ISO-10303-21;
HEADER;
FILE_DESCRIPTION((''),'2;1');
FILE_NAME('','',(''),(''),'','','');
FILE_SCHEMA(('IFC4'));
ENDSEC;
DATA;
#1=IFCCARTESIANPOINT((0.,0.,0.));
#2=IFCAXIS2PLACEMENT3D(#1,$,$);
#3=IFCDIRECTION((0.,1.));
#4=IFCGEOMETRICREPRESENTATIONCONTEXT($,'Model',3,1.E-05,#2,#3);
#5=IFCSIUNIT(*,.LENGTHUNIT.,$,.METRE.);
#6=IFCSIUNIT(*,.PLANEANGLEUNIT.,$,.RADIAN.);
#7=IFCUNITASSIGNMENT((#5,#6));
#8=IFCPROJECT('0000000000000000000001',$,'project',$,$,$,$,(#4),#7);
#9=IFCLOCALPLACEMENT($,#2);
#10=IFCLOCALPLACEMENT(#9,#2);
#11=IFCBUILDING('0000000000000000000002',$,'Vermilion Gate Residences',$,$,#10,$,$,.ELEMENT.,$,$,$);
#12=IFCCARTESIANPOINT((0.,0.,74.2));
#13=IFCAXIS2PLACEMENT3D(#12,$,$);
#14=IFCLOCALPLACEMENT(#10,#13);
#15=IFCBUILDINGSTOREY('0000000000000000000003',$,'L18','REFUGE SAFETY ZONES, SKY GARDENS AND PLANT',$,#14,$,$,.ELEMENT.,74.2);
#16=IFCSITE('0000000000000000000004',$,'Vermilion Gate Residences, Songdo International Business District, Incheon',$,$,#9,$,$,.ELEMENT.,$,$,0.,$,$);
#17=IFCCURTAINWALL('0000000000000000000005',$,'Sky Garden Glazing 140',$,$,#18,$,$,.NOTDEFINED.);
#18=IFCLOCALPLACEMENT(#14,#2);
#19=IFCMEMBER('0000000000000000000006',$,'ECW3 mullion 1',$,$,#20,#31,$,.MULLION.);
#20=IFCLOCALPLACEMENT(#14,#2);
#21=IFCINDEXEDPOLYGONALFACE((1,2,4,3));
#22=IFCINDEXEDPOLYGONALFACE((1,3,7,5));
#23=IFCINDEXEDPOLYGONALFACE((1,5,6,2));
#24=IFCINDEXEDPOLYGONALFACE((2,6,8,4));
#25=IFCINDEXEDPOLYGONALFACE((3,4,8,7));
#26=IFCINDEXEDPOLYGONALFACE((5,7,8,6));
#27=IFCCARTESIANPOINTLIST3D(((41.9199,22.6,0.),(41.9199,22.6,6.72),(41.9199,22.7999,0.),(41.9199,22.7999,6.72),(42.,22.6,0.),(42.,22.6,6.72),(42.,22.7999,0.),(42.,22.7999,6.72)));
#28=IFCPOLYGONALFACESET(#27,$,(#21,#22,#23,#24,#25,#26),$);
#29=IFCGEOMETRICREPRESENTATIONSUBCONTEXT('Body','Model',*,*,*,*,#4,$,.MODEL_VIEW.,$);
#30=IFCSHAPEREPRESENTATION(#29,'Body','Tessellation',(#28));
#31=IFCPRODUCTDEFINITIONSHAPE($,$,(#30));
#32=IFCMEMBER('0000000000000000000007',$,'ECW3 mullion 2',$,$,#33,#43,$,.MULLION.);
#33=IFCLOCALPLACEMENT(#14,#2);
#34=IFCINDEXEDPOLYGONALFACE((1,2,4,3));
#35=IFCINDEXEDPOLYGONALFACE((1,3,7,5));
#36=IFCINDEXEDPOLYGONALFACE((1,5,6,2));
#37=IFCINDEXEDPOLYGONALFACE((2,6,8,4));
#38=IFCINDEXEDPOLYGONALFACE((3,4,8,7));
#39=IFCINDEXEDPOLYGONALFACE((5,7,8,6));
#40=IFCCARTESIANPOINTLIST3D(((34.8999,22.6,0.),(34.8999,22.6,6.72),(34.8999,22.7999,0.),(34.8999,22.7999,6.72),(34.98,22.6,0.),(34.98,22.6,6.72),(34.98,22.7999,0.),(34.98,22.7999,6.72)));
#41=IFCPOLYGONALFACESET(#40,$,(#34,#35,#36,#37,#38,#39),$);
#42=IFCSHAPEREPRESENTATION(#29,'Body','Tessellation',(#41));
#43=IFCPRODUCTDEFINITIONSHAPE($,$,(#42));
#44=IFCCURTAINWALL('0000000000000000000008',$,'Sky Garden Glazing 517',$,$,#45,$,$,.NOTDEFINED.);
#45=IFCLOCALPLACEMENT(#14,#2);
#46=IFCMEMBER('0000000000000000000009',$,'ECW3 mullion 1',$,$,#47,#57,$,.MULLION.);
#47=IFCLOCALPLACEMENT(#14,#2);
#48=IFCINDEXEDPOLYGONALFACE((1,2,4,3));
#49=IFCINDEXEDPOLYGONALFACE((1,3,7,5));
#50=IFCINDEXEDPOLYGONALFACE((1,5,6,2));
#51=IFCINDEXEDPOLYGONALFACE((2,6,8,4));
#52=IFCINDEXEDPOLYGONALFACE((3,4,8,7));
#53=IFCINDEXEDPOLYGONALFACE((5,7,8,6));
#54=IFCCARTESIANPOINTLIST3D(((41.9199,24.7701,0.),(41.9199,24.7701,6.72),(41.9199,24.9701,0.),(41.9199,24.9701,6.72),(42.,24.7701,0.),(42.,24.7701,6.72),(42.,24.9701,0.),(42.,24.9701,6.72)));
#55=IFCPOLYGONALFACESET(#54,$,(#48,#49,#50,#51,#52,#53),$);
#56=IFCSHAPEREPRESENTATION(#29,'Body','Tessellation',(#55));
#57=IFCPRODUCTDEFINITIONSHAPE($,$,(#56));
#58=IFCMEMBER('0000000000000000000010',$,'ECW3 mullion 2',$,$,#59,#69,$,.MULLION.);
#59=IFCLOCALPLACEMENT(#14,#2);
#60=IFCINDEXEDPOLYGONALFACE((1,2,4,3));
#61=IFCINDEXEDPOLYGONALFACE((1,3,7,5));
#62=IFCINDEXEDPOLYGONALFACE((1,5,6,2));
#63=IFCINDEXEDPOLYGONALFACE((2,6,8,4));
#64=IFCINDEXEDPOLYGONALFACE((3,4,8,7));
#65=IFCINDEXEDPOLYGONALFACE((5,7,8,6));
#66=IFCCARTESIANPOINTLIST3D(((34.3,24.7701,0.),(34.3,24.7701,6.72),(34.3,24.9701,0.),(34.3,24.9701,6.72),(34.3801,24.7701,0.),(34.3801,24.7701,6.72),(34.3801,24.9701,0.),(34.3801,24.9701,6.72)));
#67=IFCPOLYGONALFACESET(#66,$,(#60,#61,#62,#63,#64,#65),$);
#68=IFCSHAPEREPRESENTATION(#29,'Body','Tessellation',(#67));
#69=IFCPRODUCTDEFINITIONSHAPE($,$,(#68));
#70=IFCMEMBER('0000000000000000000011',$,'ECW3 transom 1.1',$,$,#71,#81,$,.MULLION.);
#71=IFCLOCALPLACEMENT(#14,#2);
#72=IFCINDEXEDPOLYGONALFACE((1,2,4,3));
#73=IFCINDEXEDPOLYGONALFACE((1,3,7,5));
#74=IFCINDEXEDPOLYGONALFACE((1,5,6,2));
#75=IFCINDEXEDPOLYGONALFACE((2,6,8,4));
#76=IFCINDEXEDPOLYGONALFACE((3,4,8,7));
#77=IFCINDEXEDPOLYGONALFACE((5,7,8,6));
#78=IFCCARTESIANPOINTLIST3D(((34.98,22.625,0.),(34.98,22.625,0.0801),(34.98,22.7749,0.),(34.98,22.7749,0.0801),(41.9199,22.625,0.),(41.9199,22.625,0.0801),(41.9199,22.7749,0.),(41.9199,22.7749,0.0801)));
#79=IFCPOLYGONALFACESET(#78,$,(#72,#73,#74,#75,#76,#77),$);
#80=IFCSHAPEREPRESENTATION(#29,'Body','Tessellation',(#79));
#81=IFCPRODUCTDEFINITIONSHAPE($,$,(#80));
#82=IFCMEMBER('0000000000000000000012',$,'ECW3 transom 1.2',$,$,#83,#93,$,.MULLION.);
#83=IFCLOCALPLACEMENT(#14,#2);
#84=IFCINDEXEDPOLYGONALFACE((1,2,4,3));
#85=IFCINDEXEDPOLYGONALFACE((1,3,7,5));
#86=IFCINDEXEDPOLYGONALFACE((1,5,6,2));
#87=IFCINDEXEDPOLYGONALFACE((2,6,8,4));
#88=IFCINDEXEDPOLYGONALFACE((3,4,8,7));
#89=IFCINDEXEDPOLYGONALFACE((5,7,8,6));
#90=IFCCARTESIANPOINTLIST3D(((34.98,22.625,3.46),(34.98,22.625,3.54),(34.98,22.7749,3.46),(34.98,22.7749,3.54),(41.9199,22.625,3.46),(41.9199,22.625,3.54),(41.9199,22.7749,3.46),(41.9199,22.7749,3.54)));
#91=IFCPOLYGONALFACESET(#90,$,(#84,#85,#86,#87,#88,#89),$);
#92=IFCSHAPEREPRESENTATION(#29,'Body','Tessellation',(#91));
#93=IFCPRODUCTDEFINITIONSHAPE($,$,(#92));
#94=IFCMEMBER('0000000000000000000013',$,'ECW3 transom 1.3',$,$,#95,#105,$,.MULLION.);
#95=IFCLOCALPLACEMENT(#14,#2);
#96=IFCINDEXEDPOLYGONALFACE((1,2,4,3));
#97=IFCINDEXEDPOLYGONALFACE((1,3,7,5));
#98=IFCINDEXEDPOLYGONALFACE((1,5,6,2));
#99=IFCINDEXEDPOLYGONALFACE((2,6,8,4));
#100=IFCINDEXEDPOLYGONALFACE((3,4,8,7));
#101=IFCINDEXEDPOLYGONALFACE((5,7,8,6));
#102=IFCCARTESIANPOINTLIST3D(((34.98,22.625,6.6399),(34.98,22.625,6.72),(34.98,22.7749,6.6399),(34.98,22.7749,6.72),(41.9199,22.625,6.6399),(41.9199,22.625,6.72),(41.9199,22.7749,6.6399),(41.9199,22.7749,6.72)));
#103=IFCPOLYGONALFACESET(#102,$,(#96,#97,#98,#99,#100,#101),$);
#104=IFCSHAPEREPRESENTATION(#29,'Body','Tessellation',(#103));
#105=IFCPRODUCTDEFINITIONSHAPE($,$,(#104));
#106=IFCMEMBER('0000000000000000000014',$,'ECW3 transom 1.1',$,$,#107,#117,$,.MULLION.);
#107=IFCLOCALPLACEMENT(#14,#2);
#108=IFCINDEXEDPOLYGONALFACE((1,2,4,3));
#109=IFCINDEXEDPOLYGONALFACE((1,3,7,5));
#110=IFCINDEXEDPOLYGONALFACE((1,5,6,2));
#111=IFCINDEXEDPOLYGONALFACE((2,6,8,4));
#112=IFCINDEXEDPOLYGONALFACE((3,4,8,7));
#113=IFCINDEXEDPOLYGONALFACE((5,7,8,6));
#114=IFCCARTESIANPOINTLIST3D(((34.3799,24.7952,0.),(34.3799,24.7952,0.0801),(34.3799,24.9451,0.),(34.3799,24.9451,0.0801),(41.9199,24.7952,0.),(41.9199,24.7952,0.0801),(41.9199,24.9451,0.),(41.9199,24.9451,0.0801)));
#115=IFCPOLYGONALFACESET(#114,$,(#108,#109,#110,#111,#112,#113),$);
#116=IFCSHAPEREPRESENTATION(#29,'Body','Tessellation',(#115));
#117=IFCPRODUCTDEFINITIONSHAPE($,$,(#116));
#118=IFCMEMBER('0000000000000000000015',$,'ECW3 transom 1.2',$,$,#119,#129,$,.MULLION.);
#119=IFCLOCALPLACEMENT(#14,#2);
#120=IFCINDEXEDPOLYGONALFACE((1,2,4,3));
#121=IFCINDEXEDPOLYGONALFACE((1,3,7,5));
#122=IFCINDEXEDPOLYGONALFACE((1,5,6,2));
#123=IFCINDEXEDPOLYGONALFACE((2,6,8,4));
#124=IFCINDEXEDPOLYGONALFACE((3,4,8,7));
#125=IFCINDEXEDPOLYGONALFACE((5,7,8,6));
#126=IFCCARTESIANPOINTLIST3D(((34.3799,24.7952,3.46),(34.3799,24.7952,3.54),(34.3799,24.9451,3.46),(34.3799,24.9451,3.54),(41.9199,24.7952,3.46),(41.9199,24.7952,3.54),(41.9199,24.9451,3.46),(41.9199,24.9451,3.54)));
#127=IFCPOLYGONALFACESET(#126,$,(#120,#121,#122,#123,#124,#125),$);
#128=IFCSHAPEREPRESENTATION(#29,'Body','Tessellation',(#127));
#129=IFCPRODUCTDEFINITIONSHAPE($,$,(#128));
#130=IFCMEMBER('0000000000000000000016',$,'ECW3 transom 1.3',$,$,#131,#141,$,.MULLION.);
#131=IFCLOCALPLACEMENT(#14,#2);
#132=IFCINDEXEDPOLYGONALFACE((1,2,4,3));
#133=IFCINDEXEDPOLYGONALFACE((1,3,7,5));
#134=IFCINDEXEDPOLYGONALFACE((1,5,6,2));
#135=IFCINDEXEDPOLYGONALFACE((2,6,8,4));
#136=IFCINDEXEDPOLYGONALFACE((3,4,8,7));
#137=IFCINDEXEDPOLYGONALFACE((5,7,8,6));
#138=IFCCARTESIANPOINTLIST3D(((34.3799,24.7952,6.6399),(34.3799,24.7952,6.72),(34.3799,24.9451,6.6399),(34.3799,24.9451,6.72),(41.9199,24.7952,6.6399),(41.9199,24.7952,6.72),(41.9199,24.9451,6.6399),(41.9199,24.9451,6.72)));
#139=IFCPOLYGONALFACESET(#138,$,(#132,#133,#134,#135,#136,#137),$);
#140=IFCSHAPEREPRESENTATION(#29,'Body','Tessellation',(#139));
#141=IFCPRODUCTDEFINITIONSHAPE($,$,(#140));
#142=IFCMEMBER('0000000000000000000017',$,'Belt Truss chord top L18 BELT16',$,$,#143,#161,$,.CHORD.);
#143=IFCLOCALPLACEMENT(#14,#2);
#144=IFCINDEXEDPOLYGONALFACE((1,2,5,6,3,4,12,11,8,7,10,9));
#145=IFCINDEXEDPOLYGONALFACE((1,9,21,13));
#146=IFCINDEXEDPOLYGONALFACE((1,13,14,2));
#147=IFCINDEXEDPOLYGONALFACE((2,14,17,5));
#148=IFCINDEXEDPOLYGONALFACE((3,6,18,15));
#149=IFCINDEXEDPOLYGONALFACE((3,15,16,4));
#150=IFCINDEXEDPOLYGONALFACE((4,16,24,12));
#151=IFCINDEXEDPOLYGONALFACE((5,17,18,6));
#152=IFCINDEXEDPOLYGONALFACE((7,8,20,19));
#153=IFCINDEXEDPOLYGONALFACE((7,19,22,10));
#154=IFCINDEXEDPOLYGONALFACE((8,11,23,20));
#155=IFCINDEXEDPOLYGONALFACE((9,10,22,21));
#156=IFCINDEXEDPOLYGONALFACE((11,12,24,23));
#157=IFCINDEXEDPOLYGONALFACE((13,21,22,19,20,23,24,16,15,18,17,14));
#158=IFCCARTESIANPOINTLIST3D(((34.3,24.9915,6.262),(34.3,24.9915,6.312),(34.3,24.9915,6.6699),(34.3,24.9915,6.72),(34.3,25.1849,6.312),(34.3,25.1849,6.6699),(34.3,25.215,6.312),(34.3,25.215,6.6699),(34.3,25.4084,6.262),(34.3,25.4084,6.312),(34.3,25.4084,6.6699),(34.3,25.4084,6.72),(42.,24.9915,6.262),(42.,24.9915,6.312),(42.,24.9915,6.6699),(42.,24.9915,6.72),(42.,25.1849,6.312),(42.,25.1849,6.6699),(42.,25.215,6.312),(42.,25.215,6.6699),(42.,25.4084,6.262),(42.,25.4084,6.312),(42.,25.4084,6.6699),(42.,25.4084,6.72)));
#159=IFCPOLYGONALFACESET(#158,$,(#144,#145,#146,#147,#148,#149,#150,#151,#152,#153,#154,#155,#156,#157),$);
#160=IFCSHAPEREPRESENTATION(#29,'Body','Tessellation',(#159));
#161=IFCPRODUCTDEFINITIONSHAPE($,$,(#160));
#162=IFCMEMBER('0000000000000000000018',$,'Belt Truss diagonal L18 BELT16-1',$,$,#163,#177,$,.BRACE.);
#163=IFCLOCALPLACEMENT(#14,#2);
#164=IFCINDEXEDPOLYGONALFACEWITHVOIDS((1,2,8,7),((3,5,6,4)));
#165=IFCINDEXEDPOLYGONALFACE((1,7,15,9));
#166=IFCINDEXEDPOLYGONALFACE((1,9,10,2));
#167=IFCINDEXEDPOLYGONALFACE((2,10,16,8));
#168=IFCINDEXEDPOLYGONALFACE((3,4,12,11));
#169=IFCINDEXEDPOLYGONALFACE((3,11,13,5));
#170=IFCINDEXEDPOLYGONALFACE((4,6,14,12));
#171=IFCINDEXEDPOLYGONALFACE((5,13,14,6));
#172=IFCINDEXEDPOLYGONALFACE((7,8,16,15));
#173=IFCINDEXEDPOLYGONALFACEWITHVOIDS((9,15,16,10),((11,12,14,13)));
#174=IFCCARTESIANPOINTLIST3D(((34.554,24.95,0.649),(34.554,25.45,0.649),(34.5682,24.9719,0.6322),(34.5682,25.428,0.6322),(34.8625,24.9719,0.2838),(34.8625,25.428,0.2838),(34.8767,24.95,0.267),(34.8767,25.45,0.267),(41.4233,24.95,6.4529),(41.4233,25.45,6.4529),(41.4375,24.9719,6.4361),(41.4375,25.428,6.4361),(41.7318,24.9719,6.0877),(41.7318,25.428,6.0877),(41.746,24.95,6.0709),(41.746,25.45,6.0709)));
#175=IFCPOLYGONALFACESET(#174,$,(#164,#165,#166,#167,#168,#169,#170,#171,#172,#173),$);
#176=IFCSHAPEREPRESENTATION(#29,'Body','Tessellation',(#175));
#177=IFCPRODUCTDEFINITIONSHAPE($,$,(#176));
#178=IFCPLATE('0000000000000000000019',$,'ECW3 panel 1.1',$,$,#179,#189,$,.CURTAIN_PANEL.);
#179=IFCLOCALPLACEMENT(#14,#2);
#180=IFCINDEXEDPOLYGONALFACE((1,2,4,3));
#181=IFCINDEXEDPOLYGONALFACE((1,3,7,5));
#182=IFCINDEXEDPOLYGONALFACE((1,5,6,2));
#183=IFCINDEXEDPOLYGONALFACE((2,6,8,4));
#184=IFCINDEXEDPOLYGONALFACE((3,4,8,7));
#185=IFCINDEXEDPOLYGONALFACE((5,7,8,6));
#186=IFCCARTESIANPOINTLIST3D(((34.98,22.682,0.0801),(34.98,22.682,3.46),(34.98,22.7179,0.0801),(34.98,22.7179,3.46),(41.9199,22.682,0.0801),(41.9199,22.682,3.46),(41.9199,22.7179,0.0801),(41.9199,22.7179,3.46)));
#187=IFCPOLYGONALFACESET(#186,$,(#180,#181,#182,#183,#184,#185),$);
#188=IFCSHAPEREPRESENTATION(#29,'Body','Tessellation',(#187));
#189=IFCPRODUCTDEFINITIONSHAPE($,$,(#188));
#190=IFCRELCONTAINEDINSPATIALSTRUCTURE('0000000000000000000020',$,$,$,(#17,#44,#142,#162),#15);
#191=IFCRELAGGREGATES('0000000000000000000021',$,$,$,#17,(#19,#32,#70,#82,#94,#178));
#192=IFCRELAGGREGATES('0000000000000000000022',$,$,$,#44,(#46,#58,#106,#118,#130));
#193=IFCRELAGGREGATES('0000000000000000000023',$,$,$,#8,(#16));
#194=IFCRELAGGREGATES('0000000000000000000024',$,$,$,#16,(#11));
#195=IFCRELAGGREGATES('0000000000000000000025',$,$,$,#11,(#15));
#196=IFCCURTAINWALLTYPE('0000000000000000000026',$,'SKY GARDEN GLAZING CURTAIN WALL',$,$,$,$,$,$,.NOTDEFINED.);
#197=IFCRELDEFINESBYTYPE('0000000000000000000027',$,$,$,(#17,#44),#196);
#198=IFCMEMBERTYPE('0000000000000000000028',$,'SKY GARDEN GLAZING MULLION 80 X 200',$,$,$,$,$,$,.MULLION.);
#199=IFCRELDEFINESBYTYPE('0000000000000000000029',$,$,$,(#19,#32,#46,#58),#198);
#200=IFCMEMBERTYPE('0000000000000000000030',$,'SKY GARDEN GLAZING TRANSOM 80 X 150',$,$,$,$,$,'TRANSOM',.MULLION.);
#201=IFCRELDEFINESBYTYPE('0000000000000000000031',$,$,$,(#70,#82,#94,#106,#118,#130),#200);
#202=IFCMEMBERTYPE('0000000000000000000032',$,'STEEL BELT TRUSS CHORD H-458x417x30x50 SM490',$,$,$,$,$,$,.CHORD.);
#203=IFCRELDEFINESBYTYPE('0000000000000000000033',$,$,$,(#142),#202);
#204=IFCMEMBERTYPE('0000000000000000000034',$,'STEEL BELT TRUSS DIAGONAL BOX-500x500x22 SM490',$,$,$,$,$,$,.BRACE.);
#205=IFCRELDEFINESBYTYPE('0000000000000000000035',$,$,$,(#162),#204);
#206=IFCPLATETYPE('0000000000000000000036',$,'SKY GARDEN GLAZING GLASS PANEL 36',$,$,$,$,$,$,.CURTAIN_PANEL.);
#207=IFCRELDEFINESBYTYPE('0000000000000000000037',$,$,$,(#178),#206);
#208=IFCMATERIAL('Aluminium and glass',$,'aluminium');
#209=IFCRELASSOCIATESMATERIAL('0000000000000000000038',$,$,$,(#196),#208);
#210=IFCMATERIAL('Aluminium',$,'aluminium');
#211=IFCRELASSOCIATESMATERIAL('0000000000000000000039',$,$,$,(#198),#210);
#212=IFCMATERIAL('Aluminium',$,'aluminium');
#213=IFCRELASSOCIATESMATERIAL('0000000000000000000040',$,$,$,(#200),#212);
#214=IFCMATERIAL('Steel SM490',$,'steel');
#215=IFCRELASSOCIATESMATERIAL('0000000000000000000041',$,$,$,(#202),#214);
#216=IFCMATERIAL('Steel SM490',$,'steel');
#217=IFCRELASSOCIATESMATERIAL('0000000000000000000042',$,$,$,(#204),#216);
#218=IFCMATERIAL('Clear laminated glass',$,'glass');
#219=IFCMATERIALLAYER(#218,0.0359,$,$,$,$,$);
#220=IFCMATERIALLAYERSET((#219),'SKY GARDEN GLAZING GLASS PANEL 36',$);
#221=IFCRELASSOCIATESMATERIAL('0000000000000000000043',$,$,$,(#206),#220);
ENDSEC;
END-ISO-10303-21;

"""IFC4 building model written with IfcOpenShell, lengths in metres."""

from ifc_helpers import new_model, si_unit, direction, frame, origin, origin_2d, place, context, subcontext, project, spatial, rectangle, hollow_rectangle, i_section, extrude, material, layer, layer_set, material_profile, profile_set, type_object, element, aggregate, save


model = new_model("IFC4")

# Units and contexts
model_context = context("Model", 3, precision=1e-05, world=origin(), true_north=direction((0.0, 1.0)))
body_context = subcontext(model_context, "Body", "Model", "MODEL_VIEW")
ifc_project = project(units=[si_unit("LENGTHUNIT", "METRE"), si_unit("PLANEANGLEUNIT", "RADIAN")], contexts=[model_context])

# Site, building, storey
site_placement = place(None, origin())
site = spatial("IfcSite", under=ifc_project, at=site_placement, Name="Vermilion Gate Residences, Songdo International Business District, Incheon", CompositionType="ELEMENT", RefElevation=0.0)
building_placement = place(site_placement, origin())
building = spatial("IfcBuilding", under=site, at=building_placement, Name="Vermilion Gate Residences", CompositionType="ELEMENT")
storey_placement = place(building_placement, frame((0.0, 0.0, 74.2)))
storey = spatial("IfcBuildingStorey", under=building, at=storey_placement, Name="L18", Description="REFUGE SAFETY ZONES, SKY GARDENS AND PLANT", CompositionType="ELEMENT", Elevation=74.2)

# Curtain walls, members
ifc_material_1 = material(Name="Aluminium and glass", Category="aluminium")
curtain_wall_type = type_object("IfcCurtainWallType", Name="SKY GARDEN GLAZING CURTAIN WALL", PredefinedType="NOTDEFINED", material=ifc_material_1)
curtain_wall_1_placement = place(storey_placement, origin())
curtain_wall_1 = element("IfcCurtainWall", 1, at=curtain_wall_1_placement, inside=storey, type_object=curtain_wall_type, Name="Sky Garden Glazing 140", PredefinedType="NOTDEFINED")
ifc_material_2 = material(Name="Aluminium", Category="aluminium")
ifc_material_profile_1 = material_profile(ifc_material_2, rectangle(XDim=0.2, YDim=0.0801, at=origin_2d()), Name="MULLION 80 X 200")
ifc_profile_set_1 = profile_set([ifc_material_profile_1], Name="Aluminium")
member_type_1 = type_object("IfcMemberType", Name="SKY GARDEN GLAZING MULLION 80 X 200", PredefinedType="MULLION", material=ifc_profile_set_1)
member_1_placement = place(storey_placement, frame((41.96, 22.7, 0.0), z_axis=(0.0, 0.0, 1.0), x_axis=(0.0, -1.0, 0.0)))
member_1 = element("IfcMember", 2, at=member_1_placement, type_object=member_type_1, Name="ECW3 mullion 1", PredefinedType="MULLION", context=body_context, shape_type="SweptSolid", body=[
    extrude(rectangle(XDim=0.2, YDim=0.0801, at=origin_2d()), origin(), (0.0, 0.0, 1.0), 6.72),
])
member_2_placement = place(storey_placement, frame((34.9399, 22.7, 0.0), z_axis=(0.0, 0.0, 1.0), x_axis=(0.0, -1.0, 0.0)))
member_2 = element("IfcMember", 3, at=member_2_placement, type_object=member_type_1, Name="ECW3 mullion 2", PredefinedType="MULLION", context=body_context, shape_type="SweptSolid", body=[
    extrude(rectangle(XDim=0.2, YDim=0.0801, at=origin_2d()), origin(), (0.0, 0.0, 1.0), 6.72),
])
curtain_wall_2_placement = place(storey_placement, origin())
curtain_wall_2 = element("IfcCurtainWall", 4, at=curtain_wall_2_placement, inside=storey, type_object=curtain_wall_type, Name="Sky Garden Glazing 517", PredefinedType="NOTDEFINED")
member_3_placement = place(storey_placement, frame((41.96, 24.8701, 0.0), z_axis=(0.0, 0.0, 1.0), x_axis=(0.0, -1.0, 0.0)))
member_3 = element("IfcMember", 5, at=member_3_placement, type_object=member_type_1, Name="ECW3 mullion 1", PredefinedType="MULLION", context=body_context, shape_type="SweptSolid", body=[
    extrude(rectangle(XDim=0.2, YDim=0.0801, at=origin_2d()), origin(), (0.0, 0.0, 1.0), 6.72),
])
member_4_placement = place(storey_placement, frame((34.3401, 24.8701, 0.0), z_axis=(0.0, 0.0, 1.0), x_axis=(0.0, -1.0, 0.0)))
member_4 = element("IfcMember", 6, at=member_4_placement, type_object=member_type_1, Name="ECW3 mullion 2", PredefinedType="MULLION", context=body_context, shape_type="SweptSolid", body=[
    extrude(rectangle(XDim=0.2, YDim=0.0801, at=origin_2d()), origin(), (0.0, 0.0, 1.0), 6.72),
])

# Members
ifc_material_3 = material(Name="Aluminium", Category="aluminium")
ifc_material_profile_2 = material_profile(ifc_material_3, rectangle(XDim=0.1499, YDim=0.0801, at=origin_2d()), Name="TRANSOM 80 X 150")
ifc_profile_set_2 = profile_set([ifc_material_profile_2], Name="Aluminium")
member_type_2 = type_object("IfcMemberType", Name="SKY GARDEN GLAZING TRANSOM 80 X 150", ElementType="TRANSOM", PredefinedType="MULLION", material=ifc_profile_set_2)
member_5_placement = place(storey_placement, frame((41.9199, 22.7, 0.04), z_axis=(-1.0, 0.0, 0.0), x_axis=(0.0, -1.0, 0.0)))
member_5 = element("IfcMember", 7, at=member_5_placement, type_object=member_type_2, Name="ECW3 transom 1.1", PredefinedType="MULLION", context=body_context, shape_type="SweptSolid", body=[
    extrude(rectangle(XDim=0.1499, YDim=0.0801, at=origin_2d()), origin(), (0.0, 0.0, 1.0), 6.9399),
])
member_6_placement = place(storey_placement, frame((41.9199, 22.7, 3.5), z_axis=(-1.0, 0.0, 0.0), x_axis=(0.0, -1.0, 0.0)))
member_6 = element("IfcMember", 8, at=member_6_placement, type_object=member_type_2, Name="ECW3 transom 1.2", PredefinedType="MULLION", context=body_context, shape_type="SweptSolid", body=[
    extrude(rectangle(XDim=0.1499, YDim=0.0801, at=origin_2d()), origin(), (0.0, 0.0, 1.0), 6.9399),
])
member_7_placement = place(storey_placement, frame((41.9199, 22.7, 6.6799), z_axis=(-1.0, 0.0, 0.0), x_axis=(0.0, -1.0, 0.0)))
member_7 = element("IfcMember", 9, at=member_7_placement, type_object=member_type_2, Name="ECW3 transom 1.3", PredefinedType="MULLION", context=body_context, shape_type="SweptSolid", body=[
    extrude(rectangle(XDim=0.1499, YDim=0.0801, at=origin_2d()), origin(), (0.0, 0.0, 1.0), 6.9399),
])
member_8_placement = place(storey_placement, frame((41.9199, 24.8701, 0.04), z_axis=(-1.0, 0.0, 0.0), x_axis=(0.0, -1.0, 0.0)))
member_8 = element("IfcMember", 10, at=member_8_placement, type_object=member_type_2, Name="ECW3 transom 1.1", PredefinedType="MULLION", context=body_context, shape_type="SweptSolid", body=[
    extrude(rectangle(XDim=0.1499, YDim=0.0801, at=origin_2d()), origin(), (0.0, 0.0, 1.0), 7.54),
])
member_9_placement = place(storey_placement, frame((41.9199, 24.8701, 3.5), z_axis=(-1.0, 0.0, 0.0), x_axis=(0.0, -1.0, 0.0)))
member_9 = element("IfcMember", 11, at=member_9_placement, type_object=member_type_2, Name="ECW3 transom 1.2", PredefinedType="MULLION", context=body_context, shape_type="SweptSolid", body=[
    extrude(rectangle(XDim=0.1499, YDim=0.0801, at=origin_2d()), origin(), (0.0, 0.0, 1.0), 7.54),
])
member_10_placement = place(storey_placement, frame((41.9199, 24.8701, 6.6799), z_axis=(-1.0, 0.0, 0.0), x_axis=(0.0, -1.0, 0.0)))
member_10 = element("IfcMember", 12, at=member_10_placement, type_object=member_type_2, Name="ECW3 transom 1.3", PredefinedType="MULLION", context=body_context, shape_type="SweptSolid", body=[
    extrude(rectangle(XDim=0.1499, YDim=0.0801, at=origin_2d()), origin(), (0.0, 0.0, 1.0), 7.54),
])

# Members
ifc_material_4 = material(Name="Steel SM490", Category="steel")
ifc_material_profile_3 = material_profile(ifc_material_4, i_section(OverallWidth=0.417, OverallDepth=0.458, WebThickness=0.03, FlangeThickness=0.05, at=origin_2d()), Name="H-458x417x30x50")
ifc_profile_set_3 = profile_set([ifc_material_profile_3], Name="Steel SM490")
member_type_3 = type_object("IfcMemberType", Name="STEEL BELT TRUSS CHORD H-458x417x30x50 SM490", PredefinedType="CHORD", material=ifc_profile_set_3)
member_11_placement = place(storey_placement, frame((34.3, 25.2, 6.491), z_axis=(1.0, 0.0, 0.0), x_axis=(0.0, 1.0, 0.0)))
element("IfcMember", 13, at=member_11_placement, inside=storey, type_object=member_type_3, Name="Belt Truss chord top L18 BELT16", PredefinedType="CHORD", context=body_context, shape_type="SweptSolid", body=[
    extrude(i_section(OverallWidth=0.417, OverallDepth=0.458, WebThickness=0.03, FlangeThickness=0.05, at=origin_2d()), origin(), (0.0, 0.0, 1.0), 7.7),
])
ifc_material_5 = material(Name="Steel SM490", Category="steel")
ifc_material_profile_4 = material_profile(ifc_material_5, hollow_rectangle(XDim=0.5, YDim=0.5, WallThickness=0.022, at=origin_2d()), Name="BOX-500x500x22")
ifc_profile_set_4 = profile_set([ifc_material_profile_4], Name="Steel SM490")
member_type_4 = type_object("IfcMemberType", Name="STEEL BELT TRUSS DIAGONAL BOX-500x500x22 SM490", PredefinedType="BRACE", material=ifc_profile_set_4)
member_12_placement = place(storey_placement, frame((34.7153, 25.2, 0.458), z_axis=(0.763858, 0.0, 0.645385), x_axis=(0.0, 1.0, 0.0)))
element("IfcMember", 14, at=member_12_placement, inside=storey, type_object=member_type_4, Name="Belt Truss diagonal L18 BELT16-1", PredefinedType="BRACE", context=body_context, shape_type="SweptSolid", body=[
    extrude(hollow_rectangle(XDim=0.5, YDim=0.5, WallThickness=0.022, at=origin_2d()), origin(), (0.0, 0.0, 1.0), 8.9929),
])

# Plate
ifc_material_6 = material(Name="Clear laminated glass", Category="glass")
ifc_layer_1 = layer(ifc_material_6, 0.0359)
ifc_layer_set_1 = layer_set([ifc_layer_1], Name="SKY GARDEN GLAZING GLASS PANEL 36")
plate_type = type_object("IfcPlateType", Name="SKY GARDEN GLAZING GLASS PANEL 36", PredefinedType="CURTAIN_PANEL", material=ifc_layer_set_1)
plate_1_placement = place(storey_placement, frame((38.45, 22.7, 0.0801), z_axis=(0.0, 0.0, 1.0), x_axis=(-1.0, 0.0, 0.0)))
plate_1 = element("IfcPlate", 15, at=plate_1_placement, type_object=plate_type, Name="ECW3 panel 1.1", PredefinedType="CURTAIN_PANEL", context=body_context, shape_type="SweptSolid", body=[
    extrude(rectangle(XDim=6.9399, YDim=0.0359, at=origin_2d()), origin(), (0.0, 0.0, 1.0), 3.3799),
])
aggregate(curtain_wall_1, [member_1, member_2, member_5, member_6, member_7, plate_1])
aggregate(curtain_wall_2, [member_3, member_4, member_8, member_9, member_10])

save(model, "model.ifc")
